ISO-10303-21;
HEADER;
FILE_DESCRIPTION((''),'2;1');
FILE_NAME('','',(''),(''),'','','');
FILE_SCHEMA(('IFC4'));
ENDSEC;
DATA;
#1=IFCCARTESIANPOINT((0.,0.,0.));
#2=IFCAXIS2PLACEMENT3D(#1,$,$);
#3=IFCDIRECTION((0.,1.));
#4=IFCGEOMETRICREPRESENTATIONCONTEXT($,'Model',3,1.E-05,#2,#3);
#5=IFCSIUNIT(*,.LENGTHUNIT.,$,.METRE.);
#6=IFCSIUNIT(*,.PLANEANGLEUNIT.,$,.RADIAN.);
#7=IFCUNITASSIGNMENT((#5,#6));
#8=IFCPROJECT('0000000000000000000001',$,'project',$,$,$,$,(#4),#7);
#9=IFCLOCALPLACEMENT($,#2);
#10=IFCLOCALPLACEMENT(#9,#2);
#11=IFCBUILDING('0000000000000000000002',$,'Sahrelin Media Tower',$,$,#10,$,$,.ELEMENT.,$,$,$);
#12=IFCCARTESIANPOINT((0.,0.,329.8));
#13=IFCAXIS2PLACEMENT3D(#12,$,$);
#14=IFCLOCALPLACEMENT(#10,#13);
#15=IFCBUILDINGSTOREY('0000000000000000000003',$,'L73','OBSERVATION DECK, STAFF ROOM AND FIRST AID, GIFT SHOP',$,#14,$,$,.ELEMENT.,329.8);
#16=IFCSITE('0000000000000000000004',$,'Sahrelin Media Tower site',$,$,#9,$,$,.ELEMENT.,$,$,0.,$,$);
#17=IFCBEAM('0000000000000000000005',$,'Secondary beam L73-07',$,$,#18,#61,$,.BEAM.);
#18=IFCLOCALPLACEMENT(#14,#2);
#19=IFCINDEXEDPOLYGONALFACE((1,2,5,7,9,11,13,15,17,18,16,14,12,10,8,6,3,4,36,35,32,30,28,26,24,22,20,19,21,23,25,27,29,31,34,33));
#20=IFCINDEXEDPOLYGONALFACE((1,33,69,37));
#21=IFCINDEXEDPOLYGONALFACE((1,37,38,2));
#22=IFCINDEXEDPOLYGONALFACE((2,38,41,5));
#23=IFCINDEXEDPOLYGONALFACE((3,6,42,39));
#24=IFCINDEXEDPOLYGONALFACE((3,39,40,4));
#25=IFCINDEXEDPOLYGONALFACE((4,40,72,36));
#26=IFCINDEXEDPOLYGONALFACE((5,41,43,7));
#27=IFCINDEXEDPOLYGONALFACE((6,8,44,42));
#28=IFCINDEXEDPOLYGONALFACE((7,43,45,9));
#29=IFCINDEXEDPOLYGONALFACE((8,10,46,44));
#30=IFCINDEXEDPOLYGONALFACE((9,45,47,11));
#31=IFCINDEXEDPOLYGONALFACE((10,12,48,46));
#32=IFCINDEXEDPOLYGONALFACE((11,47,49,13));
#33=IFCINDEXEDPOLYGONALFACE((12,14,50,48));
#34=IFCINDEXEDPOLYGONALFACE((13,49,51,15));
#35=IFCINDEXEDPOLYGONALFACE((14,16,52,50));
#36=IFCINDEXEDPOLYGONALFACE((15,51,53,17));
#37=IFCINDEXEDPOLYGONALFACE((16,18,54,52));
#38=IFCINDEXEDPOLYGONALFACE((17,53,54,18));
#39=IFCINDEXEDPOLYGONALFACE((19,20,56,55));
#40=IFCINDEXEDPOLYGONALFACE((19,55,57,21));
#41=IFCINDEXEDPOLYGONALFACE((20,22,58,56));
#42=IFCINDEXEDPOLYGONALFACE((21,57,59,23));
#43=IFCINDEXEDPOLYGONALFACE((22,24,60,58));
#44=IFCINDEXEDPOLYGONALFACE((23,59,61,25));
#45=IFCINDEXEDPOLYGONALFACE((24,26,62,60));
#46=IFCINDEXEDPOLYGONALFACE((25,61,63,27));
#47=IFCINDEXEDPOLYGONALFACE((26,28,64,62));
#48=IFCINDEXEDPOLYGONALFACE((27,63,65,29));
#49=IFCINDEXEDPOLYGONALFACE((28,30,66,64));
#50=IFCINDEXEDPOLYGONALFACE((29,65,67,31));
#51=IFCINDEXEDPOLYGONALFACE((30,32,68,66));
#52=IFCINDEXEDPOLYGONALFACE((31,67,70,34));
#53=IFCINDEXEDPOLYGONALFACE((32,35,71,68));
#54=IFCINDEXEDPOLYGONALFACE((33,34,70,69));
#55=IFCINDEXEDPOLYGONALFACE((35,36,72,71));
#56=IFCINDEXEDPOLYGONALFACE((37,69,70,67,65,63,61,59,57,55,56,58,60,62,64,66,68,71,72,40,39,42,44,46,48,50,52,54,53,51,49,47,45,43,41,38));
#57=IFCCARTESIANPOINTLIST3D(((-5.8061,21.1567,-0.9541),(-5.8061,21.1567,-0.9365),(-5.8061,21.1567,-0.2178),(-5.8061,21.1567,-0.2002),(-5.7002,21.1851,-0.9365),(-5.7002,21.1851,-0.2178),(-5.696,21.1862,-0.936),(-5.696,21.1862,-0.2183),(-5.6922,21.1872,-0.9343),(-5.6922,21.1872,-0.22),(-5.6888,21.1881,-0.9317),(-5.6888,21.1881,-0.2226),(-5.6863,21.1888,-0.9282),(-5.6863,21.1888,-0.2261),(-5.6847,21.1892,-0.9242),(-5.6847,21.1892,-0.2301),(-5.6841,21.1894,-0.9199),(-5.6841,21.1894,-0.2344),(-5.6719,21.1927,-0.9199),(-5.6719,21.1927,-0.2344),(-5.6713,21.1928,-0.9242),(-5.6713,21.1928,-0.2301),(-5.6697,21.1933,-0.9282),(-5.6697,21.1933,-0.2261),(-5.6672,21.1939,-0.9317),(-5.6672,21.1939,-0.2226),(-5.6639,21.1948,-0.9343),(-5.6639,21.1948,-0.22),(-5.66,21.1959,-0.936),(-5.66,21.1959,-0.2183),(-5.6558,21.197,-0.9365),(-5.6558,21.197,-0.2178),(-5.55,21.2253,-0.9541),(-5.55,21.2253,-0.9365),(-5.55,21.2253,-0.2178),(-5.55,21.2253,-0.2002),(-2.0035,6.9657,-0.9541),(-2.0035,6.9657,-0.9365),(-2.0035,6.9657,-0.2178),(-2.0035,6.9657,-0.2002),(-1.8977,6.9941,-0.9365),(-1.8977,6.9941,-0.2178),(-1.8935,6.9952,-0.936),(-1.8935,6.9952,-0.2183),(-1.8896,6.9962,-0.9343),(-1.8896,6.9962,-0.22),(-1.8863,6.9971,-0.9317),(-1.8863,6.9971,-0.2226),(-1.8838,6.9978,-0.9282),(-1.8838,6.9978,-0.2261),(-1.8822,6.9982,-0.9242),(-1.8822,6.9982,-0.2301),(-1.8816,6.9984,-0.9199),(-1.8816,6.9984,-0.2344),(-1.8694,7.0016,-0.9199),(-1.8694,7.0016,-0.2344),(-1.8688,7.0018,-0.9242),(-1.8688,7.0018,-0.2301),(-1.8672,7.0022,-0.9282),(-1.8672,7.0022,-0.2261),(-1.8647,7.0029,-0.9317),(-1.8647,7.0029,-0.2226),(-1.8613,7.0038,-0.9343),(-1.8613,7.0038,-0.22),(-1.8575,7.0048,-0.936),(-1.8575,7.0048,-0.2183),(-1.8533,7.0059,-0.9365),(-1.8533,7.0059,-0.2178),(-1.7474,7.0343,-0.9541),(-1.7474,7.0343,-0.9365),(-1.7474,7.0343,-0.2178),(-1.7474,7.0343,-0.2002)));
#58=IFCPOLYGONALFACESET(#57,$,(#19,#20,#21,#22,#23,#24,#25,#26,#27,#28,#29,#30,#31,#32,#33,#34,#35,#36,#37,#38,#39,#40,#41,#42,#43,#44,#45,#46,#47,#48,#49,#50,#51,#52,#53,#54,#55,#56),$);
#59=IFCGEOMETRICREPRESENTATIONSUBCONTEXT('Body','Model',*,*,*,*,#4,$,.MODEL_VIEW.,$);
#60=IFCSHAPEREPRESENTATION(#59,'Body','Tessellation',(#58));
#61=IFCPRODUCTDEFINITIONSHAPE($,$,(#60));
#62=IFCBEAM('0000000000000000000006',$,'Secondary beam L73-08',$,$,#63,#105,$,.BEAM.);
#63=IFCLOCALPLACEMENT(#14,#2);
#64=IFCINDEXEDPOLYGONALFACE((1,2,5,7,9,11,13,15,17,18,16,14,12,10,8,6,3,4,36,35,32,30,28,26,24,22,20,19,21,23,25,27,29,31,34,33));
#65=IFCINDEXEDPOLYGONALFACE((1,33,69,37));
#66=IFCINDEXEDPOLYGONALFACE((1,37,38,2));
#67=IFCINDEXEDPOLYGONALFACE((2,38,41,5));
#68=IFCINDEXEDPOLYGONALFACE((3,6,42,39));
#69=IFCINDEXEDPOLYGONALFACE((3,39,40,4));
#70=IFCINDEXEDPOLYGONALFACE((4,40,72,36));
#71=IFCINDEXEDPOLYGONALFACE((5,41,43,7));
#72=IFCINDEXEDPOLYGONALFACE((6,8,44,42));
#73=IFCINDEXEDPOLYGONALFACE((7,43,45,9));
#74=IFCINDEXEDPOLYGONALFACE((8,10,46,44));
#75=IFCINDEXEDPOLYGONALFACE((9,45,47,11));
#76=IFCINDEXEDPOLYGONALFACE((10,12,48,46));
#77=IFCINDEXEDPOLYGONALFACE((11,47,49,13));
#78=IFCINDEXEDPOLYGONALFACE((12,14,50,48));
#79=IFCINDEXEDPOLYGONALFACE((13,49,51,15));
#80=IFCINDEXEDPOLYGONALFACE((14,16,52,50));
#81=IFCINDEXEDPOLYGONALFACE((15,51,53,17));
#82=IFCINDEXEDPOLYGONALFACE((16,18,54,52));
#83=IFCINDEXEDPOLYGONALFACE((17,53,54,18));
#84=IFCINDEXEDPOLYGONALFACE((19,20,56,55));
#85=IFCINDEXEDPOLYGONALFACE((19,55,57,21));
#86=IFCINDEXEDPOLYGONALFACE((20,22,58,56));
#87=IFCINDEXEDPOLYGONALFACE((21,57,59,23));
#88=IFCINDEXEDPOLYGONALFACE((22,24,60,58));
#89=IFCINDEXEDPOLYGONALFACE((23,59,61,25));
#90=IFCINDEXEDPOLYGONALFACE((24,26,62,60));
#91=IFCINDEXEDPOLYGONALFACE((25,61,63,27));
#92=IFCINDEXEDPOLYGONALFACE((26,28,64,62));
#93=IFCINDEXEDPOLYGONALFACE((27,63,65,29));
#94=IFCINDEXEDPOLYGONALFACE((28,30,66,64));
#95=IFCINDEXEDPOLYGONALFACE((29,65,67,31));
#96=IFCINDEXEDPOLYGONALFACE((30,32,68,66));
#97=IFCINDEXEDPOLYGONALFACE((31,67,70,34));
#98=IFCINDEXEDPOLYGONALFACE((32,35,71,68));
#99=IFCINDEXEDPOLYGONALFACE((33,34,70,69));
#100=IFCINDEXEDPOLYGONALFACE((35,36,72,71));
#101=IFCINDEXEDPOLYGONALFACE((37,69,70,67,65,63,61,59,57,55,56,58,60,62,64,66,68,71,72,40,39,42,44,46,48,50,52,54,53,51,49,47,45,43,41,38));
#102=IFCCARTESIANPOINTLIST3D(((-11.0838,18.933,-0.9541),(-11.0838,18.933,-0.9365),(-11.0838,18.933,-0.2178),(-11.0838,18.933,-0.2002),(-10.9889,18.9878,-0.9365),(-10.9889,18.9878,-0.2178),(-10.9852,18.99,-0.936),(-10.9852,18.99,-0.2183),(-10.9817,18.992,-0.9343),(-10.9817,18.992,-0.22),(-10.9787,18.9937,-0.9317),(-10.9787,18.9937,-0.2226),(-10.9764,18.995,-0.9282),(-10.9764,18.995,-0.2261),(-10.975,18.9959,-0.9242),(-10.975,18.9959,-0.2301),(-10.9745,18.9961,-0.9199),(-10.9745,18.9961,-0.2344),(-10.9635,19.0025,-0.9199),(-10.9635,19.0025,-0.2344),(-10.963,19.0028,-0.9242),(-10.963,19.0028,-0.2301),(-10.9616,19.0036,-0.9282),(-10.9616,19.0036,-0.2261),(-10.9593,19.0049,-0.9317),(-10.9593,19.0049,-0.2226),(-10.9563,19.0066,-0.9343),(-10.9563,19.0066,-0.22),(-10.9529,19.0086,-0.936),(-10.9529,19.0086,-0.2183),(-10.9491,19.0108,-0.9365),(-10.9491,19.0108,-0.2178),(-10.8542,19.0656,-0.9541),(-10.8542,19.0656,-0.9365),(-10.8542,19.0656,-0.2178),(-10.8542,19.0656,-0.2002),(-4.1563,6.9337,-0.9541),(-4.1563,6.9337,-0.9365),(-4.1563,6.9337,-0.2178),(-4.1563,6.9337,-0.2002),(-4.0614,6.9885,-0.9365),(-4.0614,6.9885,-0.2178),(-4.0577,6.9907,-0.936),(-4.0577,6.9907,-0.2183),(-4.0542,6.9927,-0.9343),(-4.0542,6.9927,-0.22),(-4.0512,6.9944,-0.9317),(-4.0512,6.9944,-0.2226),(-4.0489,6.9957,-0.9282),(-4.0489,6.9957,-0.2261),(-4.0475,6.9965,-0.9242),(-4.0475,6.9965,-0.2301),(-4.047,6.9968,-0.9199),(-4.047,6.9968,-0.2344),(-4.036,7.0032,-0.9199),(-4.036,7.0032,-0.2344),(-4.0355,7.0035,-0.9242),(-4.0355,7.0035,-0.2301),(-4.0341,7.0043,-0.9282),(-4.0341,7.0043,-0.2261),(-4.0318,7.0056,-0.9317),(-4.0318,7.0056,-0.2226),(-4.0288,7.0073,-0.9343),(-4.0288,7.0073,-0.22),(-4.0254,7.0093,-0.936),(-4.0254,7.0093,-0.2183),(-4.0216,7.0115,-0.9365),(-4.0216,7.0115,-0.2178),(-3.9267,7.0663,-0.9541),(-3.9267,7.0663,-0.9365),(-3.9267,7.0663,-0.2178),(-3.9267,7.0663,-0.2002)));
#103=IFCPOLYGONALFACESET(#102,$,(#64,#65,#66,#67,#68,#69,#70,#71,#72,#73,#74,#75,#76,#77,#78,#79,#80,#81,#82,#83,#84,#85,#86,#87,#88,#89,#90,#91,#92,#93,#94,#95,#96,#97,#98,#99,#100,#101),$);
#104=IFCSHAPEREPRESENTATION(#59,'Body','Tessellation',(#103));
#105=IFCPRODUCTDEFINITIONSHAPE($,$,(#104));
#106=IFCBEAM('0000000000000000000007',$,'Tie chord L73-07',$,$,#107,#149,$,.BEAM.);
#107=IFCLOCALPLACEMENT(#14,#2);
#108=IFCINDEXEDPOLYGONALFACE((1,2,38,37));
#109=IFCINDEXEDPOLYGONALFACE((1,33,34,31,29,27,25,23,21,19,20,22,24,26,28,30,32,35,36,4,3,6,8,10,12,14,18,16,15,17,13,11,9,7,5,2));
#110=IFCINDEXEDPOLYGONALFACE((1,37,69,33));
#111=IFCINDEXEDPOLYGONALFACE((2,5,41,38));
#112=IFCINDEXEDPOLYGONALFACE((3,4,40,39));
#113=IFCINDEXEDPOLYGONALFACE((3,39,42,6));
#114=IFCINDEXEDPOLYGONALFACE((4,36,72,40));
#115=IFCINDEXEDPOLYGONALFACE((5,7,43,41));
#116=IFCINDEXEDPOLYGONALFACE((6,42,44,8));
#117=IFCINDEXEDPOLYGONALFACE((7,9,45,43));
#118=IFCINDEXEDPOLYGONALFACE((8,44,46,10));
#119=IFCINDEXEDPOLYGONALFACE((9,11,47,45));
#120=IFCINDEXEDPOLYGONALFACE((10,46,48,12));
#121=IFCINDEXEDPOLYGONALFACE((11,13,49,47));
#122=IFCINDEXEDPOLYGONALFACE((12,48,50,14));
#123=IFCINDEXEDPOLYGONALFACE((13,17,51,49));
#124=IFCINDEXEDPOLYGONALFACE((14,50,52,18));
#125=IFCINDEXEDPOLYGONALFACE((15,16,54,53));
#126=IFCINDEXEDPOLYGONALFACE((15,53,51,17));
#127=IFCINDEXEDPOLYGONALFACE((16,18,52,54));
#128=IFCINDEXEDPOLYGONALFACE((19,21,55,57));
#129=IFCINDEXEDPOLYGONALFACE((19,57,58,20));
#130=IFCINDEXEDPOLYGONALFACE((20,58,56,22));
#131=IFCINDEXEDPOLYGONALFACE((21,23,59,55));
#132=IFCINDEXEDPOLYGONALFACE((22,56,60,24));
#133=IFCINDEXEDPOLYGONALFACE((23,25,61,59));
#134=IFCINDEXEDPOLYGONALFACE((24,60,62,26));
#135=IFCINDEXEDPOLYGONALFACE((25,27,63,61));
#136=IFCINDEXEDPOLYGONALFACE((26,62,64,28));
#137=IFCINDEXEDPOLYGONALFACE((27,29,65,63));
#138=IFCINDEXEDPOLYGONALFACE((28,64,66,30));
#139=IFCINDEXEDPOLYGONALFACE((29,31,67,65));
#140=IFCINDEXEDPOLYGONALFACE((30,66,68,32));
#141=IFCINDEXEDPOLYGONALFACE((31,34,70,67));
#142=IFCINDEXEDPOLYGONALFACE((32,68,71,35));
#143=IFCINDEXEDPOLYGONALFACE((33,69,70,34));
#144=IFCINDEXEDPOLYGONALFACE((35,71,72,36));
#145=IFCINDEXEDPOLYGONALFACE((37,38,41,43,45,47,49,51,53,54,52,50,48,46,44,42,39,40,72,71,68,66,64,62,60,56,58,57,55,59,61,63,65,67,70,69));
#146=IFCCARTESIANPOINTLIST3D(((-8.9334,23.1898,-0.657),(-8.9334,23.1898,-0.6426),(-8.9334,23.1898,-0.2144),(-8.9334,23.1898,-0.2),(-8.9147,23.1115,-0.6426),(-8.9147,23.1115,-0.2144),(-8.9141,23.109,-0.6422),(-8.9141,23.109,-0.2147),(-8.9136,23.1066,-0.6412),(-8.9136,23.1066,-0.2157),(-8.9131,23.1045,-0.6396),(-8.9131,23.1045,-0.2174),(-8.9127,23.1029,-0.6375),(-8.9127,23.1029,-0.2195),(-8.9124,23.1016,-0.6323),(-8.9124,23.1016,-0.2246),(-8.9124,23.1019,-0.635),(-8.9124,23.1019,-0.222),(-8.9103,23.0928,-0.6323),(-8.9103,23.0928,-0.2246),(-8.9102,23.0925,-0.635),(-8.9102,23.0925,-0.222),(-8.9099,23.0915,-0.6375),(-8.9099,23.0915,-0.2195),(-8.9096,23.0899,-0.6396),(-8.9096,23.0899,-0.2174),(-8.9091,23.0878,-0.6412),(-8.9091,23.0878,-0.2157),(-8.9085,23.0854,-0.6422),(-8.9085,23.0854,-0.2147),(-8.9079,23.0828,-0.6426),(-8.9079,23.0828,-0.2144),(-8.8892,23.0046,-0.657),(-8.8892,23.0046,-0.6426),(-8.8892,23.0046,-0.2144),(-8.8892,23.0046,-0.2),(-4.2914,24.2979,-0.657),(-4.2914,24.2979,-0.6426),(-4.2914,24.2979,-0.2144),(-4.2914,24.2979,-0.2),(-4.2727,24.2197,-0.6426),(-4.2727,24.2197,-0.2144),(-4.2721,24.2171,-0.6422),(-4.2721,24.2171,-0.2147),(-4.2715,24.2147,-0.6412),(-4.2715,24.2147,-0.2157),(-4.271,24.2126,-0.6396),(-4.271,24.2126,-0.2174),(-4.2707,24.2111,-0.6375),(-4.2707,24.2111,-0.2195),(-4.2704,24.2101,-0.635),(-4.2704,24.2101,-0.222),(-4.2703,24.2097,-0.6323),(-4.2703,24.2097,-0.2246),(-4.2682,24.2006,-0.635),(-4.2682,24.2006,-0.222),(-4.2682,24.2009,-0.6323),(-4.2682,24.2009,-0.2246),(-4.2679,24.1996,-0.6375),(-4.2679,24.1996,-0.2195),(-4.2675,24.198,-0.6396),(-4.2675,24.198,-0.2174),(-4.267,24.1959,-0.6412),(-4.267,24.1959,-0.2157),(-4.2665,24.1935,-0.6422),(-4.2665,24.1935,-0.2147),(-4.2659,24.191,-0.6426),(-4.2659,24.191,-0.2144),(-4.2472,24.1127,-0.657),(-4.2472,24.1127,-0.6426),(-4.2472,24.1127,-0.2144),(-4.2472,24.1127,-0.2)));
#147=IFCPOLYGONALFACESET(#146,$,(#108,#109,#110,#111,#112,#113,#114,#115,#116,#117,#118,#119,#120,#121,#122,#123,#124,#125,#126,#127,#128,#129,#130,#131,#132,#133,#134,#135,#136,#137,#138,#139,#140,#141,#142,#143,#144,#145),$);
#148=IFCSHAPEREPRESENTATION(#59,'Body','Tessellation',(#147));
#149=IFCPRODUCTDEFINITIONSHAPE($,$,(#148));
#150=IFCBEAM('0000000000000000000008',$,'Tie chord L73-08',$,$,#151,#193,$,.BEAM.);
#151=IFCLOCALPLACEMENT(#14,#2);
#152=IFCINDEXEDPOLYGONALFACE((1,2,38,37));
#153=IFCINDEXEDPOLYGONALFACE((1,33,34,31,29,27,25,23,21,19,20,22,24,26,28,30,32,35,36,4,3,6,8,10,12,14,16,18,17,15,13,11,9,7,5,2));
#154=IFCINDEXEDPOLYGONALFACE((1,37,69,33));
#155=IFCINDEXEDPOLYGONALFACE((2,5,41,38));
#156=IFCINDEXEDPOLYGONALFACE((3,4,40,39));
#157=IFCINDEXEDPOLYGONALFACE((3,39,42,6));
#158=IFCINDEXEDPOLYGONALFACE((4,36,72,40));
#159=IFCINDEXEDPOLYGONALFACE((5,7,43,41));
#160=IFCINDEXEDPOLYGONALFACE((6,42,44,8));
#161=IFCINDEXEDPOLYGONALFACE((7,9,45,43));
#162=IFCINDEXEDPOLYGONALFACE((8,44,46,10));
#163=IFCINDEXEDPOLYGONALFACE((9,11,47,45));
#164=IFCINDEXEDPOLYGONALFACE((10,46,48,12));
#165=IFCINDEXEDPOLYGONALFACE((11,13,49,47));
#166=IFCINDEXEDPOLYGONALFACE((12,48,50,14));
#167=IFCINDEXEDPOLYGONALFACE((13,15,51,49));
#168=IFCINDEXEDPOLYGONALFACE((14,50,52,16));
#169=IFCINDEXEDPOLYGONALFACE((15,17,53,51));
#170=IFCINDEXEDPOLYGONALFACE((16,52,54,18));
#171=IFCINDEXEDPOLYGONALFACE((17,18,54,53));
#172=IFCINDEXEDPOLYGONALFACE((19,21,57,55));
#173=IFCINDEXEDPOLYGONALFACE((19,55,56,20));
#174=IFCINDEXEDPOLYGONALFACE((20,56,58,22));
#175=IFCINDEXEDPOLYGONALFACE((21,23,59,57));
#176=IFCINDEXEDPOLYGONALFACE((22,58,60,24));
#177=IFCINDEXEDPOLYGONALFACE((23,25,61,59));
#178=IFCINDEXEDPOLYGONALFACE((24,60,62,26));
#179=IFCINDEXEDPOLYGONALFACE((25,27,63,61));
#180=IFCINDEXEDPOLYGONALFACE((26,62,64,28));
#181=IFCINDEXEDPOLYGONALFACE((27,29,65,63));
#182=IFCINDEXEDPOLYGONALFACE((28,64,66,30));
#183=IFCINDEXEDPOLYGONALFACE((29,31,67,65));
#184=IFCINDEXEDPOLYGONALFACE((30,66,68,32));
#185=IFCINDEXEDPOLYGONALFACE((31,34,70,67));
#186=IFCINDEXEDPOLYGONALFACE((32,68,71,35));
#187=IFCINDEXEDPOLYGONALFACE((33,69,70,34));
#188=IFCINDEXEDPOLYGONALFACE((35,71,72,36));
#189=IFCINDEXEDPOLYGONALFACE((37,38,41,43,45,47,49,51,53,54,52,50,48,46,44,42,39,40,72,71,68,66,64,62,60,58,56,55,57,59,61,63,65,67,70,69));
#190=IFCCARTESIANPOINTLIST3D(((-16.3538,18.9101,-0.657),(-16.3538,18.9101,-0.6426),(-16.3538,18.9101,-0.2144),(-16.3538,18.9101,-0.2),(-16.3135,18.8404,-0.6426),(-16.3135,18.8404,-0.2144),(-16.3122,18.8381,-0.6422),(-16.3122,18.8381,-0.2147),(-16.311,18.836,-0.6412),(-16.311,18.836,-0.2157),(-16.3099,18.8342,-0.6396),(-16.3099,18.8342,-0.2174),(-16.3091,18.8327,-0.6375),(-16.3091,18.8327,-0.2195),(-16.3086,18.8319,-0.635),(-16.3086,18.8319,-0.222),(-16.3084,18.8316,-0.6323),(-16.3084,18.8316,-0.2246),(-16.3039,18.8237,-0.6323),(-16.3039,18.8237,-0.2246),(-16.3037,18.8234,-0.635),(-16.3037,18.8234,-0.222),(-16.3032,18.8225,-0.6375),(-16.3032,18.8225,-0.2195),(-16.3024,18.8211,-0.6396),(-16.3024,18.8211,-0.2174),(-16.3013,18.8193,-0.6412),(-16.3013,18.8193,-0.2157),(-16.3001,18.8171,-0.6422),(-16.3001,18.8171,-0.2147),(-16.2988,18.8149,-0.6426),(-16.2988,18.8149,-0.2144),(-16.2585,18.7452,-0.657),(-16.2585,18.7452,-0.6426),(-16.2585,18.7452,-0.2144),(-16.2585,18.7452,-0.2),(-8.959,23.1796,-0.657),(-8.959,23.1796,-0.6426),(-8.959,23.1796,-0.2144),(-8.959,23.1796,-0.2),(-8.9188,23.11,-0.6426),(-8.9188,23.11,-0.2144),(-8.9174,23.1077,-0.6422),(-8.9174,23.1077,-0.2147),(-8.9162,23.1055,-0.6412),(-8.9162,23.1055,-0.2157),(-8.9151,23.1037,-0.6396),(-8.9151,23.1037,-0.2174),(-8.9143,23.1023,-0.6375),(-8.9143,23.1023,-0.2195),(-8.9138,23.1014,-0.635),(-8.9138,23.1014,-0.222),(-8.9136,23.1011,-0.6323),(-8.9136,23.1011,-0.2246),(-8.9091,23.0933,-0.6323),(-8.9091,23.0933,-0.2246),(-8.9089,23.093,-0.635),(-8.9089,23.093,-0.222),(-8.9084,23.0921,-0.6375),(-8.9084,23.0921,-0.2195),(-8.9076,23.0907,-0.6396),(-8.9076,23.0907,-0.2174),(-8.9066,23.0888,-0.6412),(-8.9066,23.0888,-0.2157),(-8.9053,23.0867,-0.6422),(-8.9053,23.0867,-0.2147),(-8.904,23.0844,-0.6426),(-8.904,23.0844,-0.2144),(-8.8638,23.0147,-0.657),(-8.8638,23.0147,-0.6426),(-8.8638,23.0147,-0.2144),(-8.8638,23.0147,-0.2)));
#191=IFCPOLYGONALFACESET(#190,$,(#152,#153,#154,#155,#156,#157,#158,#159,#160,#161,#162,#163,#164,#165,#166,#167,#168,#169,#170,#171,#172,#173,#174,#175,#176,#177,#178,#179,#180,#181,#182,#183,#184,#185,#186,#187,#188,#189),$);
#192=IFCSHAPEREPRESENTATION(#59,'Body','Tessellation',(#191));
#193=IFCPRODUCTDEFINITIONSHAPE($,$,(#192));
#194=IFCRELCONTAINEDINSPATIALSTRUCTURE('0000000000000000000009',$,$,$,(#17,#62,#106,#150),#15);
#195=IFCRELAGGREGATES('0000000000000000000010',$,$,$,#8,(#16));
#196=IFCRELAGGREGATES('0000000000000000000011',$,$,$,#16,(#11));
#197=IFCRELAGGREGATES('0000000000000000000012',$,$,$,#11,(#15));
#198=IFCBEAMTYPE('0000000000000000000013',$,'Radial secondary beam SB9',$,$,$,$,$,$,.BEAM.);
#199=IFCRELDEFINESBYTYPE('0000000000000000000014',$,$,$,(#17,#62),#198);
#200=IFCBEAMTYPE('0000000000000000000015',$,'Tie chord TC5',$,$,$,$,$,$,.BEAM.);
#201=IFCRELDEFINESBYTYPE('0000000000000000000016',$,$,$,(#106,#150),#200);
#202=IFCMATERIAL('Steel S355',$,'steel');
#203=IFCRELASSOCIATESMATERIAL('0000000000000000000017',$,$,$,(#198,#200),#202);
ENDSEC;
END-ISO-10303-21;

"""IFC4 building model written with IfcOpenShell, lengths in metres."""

from ifc_helpers import new_model, si_unit, direction, frame, origin, origin_2d, place, context, subcontext, project, spatial, i_section, extrude, material, material_profile, profile_set, type_object, element, save


model = new_model("IFC4")

# Units and contexts
model_context = context("Model", 3, precision=1e-05, world=origin(), true_north=direction((0.0, 1.0)))
body_context = subcontext(model_context, "Body", "Model", "MODEL_VIEW")
ifc_project = project(units=[si_unit("LENGTHUNIT", "METRE"), si_unit("PLANEANGLEUNIT", "RADIAN")], contexts=[model_context])

# Site, building, storey
site_placement = place(None, origin())
site = spatial("IfcSite", under=ifc_project, at=site_placement, Name="Sahrelin Media Tower site", CompositionType="ELEMENT", RefElevation=0.0)
building_placement = place(site_placement, origin())
building = spatial("IfcBuilding", under=site, at=building_placement, Name="Sahrelin Media Tower", CompositionType="ELEMENT")
storey_placement = place(building_placement, frame((0.0, 0.0, 329.8)))
storey = spatial("IfcBuildingStorey", under=building, at=storey_placement, Name="L73", Description="OBSERVATION DECK, STAFF ROOM AND FIRST AID, GIFT SHOP", CompositionType="ELEMENT", Elevation=329.8)

# Shared definitions
ifc_material_1 = material(Name="Steel S355", Category="steel")

# Beams
ifc_material_profile_1 = material_profile(ifc_material_1, i_section(OverallWidth=0.2651, OverallDepth=0.7539, WebThickness=0.0127, FlangeThickness=0.0176, FilletRadius=0.0166, at=origin_2d()), Name="UB 762x267x147")
ifc_profile_set_1 = profile_set([ifc_material_profile_1], Name="Steel S355")
beam_type_1 = type_object("IfcBeamType", Name="Radial secondary beam SB9", PredefinedType="BEAM", material=ifc_profile_set_1)
beam_1_placement = place(storey_placement, frame((-1.8755, 7.0, -0.5771), z_axis=(-0.258822, 0.965925, 0.0), x_axis=(-0.965925, -0.258822, 0.0)))
element("IfcBeam", 1, at=beam_1_placement, inside=storey, type_object=beam_type_1, Name="Secondary beam L73-07", PredefinedType="BEAM", context=body_context, shape_type="SweptSolid", body=[
    extrude(i_section(OverallWidth=0.2651, OverallDepth=0.7539, WebThickness=0.0127, FlangeThickness=0.0176, FilletRadius=0.0166, at=origin_2d()), origin(), (0.0, 0.0, 1.0), 14.6917),
])
beam_2_placement = place(storey_placement, frame((-4.0415, 7.0, -0.5771), z_axis=(-0.499984, 0.866034, 0.0), x_axis=(-0.866034, -0.499984, 0.0)))
element("IfcBeam", 2, at=beam_2_placement, inside=storey, type_object=beam_type_1, Name="Secondary beam L73-08", PredefinedType="BEAM", context=body_context, shape_type="SweptSolid", body=[
    extrude(i_section(OverallWidth=0.2651, OverallDepth=0.7539, WebThickness=0.0127, FlangeThickness=0.0176, FilletRadius=0.0166, at=origin_2d()), origin(), (0.0, 0.0, 1.0), 13.8555),
])
ifc_material_profile_2 = material_profile(ifc_material_1, i_section(OverallWidth=0.1904, OverallDepth=0.457, WebThickness=0.009, FlangeThickness=0.0144, FilletRadius=0.0103, at=origin_2d()), Name="UB 457x191x74")
ifc_profile_set_2 = profile_set([ifc_material_profile_2], Name="Steel S355")
beam_type_2 = type_object("IfcBeamType", Name="Tie chord TC5", PredefinedType="BEAM", material=ifc_profile_set_2)
beam_3_placement = place(storey_placement, frame((-4.2693, 24.2053, -0.4285), z_axis=(-0.972669, -0.232195, 0.0), x_axis=(0.232195, -0.972669, 0.0)))
element("IfcBeam", 3, at=beam_3_placement, inside=storey, type_object=beam_type_2, Name="Tie chord L73-07", PredefinedType="BEAM", context=body_context, shape_type="SweptSolid", body=[
    extrude(i_section(OverallWidth=0.1904, OverallDepth=0.457, WebThickness=0.009, FlangeThickness=0.0144, FilletRadius=0.0103, at=origin_2d()), origin(), (0.0, 0.0, 1.0), 4.7725),
])
beam_4_placement = place(storey_placement, frame((-8.9114, 23.0972, -0.4285), z_axis=(-0.866018, -0.500014, 0.0), x_axis=(0.500014, -0.866018, 0.0)))
element("IfcBeam", 4, at=beam_4_placement, inside=storey, type_object=beam_type_2, Name="Tie chord L73-08", PredefinedType="BEAM", context=body_context, shape_type="SweptSolid", body=[
    extrude(i_section(OverallWidth=0.1904, OverallDepth=0.457, WebThickness=0.009, FlangeThickness=0.0144, FilletRadius=0.0103, at=origin_2d()), origin(), (0.0, 0.0, 1.0), 8.5388),
])

save(model, "model.ifc")
